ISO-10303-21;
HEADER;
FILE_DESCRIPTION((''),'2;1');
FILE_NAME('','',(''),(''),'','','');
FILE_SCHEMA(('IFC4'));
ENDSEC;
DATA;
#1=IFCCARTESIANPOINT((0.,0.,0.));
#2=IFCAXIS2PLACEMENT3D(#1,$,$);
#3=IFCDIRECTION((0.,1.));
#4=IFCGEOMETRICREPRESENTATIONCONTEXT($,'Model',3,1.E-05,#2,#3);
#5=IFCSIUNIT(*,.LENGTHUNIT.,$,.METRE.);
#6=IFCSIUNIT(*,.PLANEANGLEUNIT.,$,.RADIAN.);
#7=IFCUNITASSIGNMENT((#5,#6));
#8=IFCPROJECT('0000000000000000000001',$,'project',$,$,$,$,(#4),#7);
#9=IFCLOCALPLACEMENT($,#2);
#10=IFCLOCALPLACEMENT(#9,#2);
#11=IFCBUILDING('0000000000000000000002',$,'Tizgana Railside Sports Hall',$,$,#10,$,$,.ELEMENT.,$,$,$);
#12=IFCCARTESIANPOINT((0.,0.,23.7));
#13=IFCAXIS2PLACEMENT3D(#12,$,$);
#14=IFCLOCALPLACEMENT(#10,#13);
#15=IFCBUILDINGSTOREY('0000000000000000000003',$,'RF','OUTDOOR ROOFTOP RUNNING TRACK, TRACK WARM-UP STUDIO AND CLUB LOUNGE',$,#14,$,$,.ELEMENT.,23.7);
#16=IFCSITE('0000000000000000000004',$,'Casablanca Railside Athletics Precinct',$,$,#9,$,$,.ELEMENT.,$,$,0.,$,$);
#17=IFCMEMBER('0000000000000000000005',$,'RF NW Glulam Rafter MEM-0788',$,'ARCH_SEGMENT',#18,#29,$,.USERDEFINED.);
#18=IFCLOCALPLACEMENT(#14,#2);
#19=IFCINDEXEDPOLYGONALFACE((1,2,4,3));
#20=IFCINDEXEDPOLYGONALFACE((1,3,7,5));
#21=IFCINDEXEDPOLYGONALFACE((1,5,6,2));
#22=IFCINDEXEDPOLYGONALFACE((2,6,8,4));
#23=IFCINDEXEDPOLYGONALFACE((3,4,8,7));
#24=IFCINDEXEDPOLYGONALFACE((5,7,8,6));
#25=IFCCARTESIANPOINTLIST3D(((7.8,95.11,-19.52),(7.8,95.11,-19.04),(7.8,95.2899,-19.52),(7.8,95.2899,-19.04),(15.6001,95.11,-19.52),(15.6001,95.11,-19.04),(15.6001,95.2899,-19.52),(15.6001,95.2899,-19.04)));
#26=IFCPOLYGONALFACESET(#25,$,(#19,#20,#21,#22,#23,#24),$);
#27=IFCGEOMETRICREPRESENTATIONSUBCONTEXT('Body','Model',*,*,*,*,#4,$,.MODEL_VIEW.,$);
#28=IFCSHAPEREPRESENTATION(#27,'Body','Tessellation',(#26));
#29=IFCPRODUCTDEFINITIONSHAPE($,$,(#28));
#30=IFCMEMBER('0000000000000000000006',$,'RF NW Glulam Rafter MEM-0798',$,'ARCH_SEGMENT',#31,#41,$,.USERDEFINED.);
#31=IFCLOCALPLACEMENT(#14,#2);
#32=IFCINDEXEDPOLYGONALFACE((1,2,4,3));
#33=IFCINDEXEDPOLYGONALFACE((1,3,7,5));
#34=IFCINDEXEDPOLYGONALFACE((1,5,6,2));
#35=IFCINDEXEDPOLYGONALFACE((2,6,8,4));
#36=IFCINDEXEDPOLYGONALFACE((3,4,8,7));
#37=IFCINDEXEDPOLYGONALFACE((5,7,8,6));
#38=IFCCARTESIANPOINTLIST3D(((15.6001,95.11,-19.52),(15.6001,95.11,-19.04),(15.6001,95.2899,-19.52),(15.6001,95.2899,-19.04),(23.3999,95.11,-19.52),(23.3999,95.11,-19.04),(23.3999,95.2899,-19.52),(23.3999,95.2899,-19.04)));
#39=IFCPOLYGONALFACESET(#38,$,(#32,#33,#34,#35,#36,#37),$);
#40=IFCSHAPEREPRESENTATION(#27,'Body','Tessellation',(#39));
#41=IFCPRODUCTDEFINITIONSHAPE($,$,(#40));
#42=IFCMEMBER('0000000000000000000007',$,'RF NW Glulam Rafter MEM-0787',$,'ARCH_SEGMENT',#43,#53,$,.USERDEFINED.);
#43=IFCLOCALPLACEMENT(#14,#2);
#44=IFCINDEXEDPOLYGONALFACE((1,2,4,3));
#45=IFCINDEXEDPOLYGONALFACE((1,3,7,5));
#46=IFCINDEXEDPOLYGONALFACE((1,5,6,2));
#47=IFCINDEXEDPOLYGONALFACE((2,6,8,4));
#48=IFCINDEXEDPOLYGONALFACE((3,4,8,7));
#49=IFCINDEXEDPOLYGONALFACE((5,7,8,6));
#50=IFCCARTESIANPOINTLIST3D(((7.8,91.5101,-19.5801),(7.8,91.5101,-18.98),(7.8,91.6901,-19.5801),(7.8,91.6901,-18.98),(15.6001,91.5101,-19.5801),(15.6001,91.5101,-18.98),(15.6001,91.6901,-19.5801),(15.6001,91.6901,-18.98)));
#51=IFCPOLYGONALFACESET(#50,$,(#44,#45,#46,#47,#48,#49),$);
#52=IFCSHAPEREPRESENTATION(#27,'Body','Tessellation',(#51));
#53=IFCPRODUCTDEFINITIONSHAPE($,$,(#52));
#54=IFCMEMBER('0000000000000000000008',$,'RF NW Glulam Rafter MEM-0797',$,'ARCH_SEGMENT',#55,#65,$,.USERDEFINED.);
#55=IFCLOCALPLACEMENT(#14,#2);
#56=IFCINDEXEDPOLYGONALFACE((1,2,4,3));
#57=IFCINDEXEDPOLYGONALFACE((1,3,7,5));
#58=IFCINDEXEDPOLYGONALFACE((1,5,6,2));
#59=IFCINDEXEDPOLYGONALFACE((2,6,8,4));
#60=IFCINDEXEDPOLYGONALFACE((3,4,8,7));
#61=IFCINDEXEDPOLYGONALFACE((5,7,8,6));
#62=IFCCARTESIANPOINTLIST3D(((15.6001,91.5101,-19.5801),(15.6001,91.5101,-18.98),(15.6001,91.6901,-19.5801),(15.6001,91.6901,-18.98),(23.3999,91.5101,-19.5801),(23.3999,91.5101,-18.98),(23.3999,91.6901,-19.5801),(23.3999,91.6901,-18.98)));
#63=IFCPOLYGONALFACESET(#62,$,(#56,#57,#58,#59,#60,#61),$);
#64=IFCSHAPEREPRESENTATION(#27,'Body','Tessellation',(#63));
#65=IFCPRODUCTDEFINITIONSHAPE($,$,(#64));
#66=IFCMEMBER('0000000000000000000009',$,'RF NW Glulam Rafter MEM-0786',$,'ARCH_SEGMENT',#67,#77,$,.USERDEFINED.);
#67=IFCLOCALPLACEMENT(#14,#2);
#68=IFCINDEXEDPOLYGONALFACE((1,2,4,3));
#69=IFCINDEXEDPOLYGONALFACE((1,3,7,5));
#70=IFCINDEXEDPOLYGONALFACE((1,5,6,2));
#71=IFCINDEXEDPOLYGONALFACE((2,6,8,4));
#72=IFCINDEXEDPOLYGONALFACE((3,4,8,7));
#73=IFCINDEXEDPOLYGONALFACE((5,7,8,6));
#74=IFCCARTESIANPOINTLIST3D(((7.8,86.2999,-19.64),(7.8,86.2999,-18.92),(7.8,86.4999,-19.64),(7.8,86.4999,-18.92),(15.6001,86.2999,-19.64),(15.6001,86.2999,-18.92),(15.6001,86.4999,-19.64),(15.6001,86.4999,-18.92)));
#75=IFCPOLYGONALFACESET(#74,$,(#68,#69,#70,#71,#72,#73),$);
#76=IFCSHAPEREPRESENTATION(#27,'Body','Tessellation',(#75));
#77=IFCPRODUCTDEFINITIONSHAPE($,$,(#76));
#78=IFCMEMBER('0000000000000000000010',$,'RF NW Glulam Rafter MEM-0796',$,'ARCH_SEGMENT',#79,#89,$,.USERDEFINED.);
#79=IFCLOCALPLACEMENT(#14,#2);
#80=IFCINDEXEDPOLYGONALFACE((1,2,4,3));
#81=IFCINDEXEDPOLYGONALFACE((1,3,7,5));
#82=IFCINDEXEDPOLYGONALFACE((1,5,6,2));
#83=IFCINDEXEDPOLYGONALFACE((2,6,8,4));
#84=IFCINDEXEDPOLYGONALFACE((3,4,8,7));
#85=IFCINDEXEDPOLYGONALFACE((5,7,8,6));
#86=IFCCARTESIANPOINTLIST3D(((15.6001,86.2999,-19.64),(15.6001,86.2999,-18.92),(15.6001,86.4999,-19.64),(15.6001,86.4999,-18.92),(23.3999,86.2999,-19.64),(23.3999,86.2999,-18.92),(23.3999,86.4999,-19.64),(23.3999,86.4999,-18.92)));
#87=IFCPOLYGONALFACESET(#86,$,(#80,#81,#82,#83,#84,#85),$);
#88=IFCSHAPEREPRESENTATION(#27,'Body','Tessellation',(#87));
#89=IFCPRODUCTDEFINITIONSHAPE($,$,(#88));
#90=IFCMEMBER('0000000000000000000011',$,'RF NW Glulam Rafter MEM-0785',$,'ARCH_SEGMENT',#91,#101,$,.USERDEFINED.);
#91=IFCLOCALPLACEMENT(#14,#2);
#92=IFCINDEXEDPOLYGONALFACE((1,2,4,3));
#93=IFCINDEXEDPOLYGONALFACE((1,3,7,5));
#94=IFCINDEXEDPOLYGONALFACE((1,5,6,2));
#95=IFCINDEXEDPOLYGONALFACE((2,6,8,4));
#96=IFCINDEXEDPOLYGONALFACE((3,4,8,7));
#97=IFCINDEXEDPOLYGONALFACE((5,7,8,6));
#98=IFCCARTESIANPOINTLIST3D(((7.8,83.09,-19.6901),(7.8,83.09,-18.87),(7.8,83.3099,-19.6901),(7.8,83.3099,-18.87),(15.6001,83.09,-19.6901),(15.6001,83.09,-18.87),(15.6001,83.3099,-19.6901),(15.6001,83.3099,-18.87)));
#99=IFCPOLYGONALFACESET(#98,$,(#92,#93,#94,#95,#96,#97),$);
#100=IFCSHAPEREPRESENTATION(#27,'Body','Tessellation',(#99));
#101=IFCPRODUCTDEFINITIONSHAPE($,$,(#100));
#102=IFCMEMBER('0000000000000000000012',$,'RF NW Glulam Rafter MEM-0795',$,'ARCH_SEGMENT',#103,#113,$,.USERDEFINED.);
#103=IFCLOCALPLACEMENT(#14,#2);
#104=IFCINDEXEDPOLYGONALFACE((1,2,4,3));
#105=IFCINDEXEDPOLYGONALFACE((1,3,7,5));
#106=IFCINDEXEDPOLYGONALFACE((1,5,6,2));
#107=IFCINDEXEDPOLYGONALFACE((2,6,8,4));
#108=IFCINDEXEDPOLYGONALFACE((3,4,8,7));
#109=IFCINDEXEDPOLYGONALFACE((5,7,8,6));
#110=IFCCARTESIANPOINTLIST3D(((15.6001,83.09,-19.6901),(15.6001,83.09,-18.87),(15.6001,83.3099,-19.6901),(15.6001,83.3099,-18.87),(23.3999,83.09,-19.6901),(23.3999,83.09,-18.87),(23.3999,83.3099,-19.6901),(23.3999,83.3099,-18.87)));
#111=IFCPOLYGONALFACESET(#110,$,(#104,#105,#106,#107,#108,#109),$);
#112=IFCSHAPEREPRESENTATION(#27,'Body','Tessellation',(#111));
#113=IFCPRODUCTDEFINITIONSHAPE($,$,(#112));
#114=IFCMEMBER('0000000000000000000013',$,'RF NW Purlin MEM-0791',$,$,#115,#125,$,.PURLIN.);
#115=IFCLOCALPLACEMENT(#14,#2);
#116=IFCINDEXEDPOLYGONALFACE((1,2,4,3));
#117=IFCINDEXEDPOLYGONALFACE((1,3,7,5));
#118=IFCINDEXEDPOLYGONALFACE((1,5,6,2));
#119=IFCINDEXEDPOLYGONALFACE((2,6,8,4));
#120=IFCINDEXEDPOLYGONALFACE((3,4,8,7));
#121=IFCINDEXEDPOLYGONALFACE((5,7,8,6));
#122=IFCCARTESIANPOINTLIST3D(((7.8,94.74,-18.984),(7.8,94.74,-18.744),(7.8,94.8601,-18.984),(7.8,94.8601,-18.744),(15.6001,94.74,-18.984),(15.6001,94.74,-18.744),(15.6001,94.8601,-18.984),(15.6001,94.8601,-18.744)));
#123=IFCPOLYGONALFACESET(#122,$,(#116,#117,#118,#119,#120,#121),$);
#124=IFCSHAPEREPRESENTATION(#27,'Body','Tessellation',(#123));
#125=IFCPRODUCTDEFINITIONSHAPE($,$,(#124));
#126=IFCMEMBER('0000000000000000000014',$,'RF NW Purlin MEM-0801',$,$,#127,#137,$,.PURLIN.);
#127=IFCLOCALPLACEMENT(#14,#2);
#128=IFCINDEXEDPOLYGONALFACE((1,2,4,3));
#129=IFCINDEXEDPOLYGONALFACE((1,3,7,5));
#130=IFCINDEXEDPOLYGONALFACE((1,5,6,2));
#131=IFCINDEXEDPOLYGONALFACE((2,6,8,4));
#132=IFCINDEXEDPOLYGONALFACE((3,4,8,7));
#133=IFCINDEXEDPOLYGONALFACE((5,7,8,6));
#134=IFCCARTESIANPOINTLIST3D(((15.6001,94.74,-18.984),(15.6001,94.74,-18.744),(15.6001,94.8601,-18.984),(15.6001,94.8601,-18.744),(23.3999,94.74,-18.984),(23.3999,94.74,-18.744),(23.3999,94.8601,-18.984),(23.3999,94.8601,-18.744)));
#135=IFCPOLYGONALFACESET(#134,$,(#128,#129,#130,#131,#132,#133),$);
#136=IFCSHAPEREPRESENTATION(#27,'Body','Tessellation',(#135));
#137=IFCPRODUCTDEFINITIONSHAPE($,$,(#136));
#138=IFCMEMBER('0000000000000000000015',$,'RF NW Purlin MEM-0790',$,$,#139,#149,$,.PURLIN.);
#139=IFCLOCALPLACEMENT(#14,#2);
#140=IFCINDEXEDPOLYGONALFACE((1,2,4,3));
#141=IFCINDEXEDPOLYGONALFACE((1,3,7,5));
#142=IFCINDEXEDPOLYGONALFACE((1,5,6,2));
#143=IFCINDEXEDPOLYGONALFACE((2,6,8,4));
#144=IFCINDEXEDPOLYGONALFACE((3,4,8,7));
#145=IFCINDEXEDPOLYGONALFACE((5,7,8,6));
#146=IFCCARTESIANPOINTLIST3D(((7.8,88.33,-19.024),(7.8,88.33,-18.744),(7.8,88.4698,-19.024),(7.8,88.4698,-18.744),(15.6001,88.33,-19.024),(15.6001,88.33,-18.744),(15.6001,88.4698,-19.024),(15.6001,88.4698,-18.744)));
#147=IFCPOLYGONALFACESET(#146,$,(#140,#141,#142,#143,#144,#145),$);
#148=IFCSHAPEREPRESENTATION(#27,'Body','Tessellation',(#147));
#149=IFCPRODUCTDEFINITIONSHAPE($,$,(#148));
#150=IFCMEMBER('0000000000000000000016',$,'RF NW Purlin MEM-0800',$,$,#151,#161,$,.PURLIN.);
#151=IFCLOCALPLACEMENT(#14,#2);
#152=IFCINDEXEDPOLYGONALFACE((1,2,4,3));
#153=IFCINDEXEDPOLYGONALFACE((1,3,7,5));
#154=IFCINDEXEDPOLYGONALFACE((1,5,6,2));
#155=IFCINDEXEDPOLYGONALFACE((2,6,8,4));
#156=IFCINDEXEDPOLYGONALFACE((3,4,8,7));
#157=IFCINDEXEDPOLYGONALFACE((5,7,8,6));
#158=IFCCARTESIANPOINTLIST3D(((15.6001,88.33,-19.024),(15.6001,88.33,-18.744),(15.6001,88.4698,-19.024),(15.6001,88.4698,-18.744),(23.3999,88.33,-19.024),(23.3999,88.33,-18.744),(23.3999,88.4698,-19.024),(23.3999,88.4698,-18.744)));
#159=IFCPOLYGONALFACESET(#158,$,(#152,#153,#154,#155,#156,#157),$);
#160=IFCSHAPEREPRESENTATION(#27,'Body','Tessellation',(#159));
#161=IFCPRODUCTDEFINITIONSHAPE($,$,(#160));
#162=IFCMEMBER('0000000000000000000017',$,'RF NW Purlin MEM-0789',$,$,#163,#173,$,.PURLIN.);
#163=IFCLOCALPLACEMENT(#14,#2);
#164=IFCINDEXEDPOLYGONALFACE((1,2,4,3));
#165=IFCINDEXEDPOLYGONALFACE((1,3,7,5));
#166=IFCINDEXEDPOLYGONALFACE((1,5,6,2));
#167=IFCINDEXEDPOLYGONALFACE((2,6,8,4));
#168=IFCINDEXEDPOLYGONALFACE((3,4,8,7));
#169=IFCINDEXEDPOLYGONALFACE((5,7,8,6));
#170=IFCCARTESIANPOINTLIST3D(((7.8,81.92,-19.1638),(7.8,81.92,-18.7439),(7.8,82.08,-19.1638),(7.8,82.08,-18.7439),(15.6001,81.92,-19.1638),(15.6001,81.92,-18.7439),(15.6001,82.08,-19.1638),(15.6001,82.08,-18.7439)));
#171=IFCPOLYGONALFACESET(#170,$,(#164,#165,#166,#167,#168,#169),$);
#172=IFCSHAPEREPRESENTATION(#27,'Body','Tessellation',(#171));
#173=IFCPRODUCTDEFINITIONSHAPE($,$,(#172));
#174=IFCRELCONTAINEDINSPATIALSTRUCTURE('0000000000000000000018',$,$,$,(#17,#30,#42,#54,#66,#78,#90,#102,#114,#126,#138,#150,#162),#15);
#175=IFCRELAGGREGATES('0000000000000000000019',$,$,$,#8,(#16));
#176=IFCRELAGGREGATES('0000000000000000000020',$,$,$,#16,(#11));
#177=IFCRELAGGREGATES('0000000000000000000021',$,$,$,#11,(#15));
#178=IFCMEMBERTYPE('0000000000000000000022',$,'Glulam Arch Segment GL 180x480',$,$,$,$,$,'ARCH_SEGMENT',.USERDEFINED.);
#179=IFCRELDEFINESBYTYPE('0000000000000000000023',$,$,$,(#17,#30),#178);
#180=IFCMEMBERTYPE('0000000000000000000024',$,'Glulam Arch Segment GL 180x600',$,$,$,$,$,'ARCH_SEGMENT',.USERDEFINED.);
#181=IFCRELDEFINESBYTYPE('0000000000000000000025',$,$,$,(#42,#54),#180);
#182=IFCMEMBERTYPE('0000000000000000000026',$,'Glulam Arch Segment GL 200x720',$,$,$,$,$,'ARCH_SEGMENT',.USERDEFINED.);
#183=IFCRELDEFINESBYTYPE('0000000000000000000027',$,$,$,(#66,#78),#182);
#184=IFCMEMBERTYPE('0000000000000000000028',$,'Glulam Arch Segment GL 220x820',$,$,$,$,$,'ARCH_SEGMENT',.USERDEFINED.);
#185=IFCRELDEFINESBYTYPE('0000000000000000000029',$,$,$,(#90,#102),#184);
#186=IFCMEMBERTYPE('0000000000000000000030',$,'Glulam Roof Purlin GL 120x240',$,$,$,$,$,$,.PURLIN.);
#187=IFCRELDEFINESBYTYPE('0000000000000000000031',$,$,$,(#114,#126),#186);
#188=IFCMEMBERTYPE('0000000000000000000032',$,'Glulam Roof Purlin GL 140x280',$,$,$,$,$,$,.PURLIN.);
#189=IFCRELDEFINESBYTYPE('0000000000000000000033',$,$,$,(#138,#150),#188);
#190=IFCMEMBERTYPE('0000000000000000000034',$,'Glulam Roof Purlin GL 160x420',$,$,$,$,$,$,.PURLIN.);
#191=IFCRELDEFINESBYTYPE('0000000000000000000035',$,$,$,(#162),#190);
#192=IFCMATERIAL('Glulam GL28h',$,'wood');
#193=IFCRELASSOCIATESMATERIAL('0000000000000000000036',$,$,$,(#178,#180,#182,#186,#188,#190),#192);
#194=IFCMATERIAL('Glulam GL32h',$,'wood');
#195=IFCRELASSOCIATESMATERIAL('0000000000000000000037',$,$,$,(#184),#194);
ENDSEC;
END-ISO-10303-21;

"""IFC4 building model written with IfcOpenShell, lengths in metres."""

from ifc_helpers import new_model, si_unit, direction, frame, origin, origin_2d, place, context, subcontext, project, spatial, rectangle, extrude, material, material_profile, profile_set, type_object, element, save


model = new_model("IFC4")

# Units and contexts
model_context = context("Model", 3, precision=1e-05, world=origin(), true_north=direction((0.0, 1.0)))
body_context = subcontext(model_context, "Body", "Model", "MODEL_VIEW")
ifc_project = project(units=[si_unit("LENGTHUNIT", "METRE"), si_unit("PLANEANGLEUNIT", "RADIAN")], contexts=[model_context])

# Site, building, storey
site_placement = place(None, origin())
site = spatial("IfcSite", under=ifc_project, at=site_placement, Name="Casablanca Railside Athletics Precinct", CompositionType="ELEMENT", RefElevation=0.0)
building_placement = place(site_placement, origin())
building = spatial("IfcBuilding", under=site, at=building_placement, Name="Tizgana Railside Sports Hall", CompositionType="ELEMENT")
storey_placement = place(building_placement, frame((0.0, 0.0, 23.7)))
storey = spatial("IfcBuildingStorey", under=building, at=storey_placement, Name="RF", Description="OUTDOOR ROOFTOP RUNNING TRACK, TRACK WARM-UP STUDIO AND CLUB LOUNGE", CompositionType="ELEMENT", Elevation=23.7)

# Members
ifc_material_1 = material(Name="Glulam GL28h", Category="wood")
ifc_material_profile_1 = material_profile(ifc_material_1, rectangle(XDim=0.1799, YDim=0.48, at=origin_2d()), Name="GL 180x480")
ifc_profile_set_1 = profile_set([ifc_material_profile_1], Name="Glulam GL28h")
member_type_1 = type_object("IfcMemberType", Name="Glulam Arch Segment GL 180x480", ElementType="ARCH_SEGMENT", PredefinedType="USERDEFINED", material=ifc_profile_set_1)
member_1_placement = place(storey_placement, frame((7.8, 95.2, -19.28), z_axis=(1.0, 0.0, 0.0), x_axis=(0.0, 1.0, 0.0)))
element("IfcMember", 1, at=member_1_placement, inside=storey, type_object=member_type_1, Name="RF NW Glulam Rafter MEM-0788", ObjectType="ARCH_SEGMENT", PredefinedType="USERDEFINED", context=body_context, shape_type="SweptSolid", body=[
    extrude(rectangle(XDim=0.1799, YDim=0.48, at=origin_2d()), origin(), (0.0, 0.0, 1.0), 7.8),
])
member_2_placement = place(storey_placement, frame((15.6001, 95.2, -19.28), z_axis=(1.0, 0.0, 0.0), x_axis=(0.0, 1.0, 0.0)))
element("IfcMember", 2, at=member_2_placement, inside=storey, type_object=member_type_1, Name="RF NW Glulam Rafter MEM-0798", ObjectType="ARCH_SEGMENT", PredefinedType="USERDEFINED", context=body_context, shape_type="SweptSolid", body=[
    extrude(rectangle(XDim=0.1799, YDim=0.48, at=origin_2d()), origin(), (0.0, 0.0, 1.0), 7.7998),
])
ifc_material_profile_2 = material_profile(ifc_material_1, rectangle(XDim=0.1799, YDim=0.6001, at=origin_2d()), Name="GL 180x600")
ifc_profile_set_2 = profile_set([ifc_material_profile_2], Name="Glulam GL28h")
member_type_2 = type_object("IfcMemberType", Name="Glulam Arch Segment GL 180x600", ElementType="ARCH_SEGMENT", PredefinedType="USERDEFINED", material=ifc_profile_set_2)
member_3_placement = place(storey_placement, frame((7.8, 91.6001, -19.28), z_axis=(1.0, 0.0, 0.0), x_axis=(0.0, 1.0, 0.0)))
element("IfcMember", 3, at=member_3_placement, inside=storey, type_object=member_type_2, Name="RF NW Glulam Rafter MEM-0787", ObjectType="ARCH_SEGMENT", PredefinedType="USERDEFINED", context=body_context, shape_type="SweptSolid", body=[
    extrude(rectangle(XDim=0.1799, YDim=0.6001, at=origin_2d()), origin(), (0.0, 0.0, 1.0), 7.8),
])
member_4_placement = place(storey_placement, frame((15.6001, 91.6001, -19.28), z_axis=(1.0, 0.0, 0.0), x_axis=(0.0, 1.0, 0.0)))
element("IfcMember", 4, at=member_4_placement, inside=storey, type_object=member_type_2, Name="RF NW Glulam Rafter MEM-0797", ObjectType="ARCH_SEGMENT", PredefinedType="USERDEFINED", context=body_context, shape_type="SweptSolid", body=[
    extrude(rectangle(XDim=0.1799, YDim=0.6001, at=origin_2d()), origin(), (0.0, 0.0, 1.0), 7.7998),
])
ifc_material_profile_3 = material_profile(ifc_material_1, rectangle(XDim=0.2, YDim=0.72, at=origin_2d()), Name="GL 200x720")
ifc_profile_set_3 = profile_set([ifc_material_profile_3], Name="Glulam GL28h")
member_type_3 = type_object("IfcMemberType", Name="Glulam Arch Segment GL 200x720", ElementType="ARCH_SEGMENT", PredefinedType="USERDEFINED", material=ifc_profile_set_3)
member_5_placement = place(storey_placement, frame((7.8, 86.3999, -19.28), z_axis=(1.0, 0.0, 0.0), x_axis=(0.0, 1.0, 0.0)))
element("IfcMember", 5, at=member_5_placement, inside=storey, type_object=member_type_3, Name="RF NW Glulam Rafter MEM-0786", ObjectType="ARCH_SEGMENT", PredefinedType="USERDEFINED", context=body_context, shape_type="SweptSolid", body=[
    extrude(rectangle(XDim=0.2, YDim=0.72, at=origin_2d()), origin(), (0.0, 0.0, 1.0), 7.8),
])
member_6_placement = place(storey_placement, frame((15.6001, 86.3999, -19.28), z_axis=(1.0, 0.0, 0.0), x_axis=(0.0, 1.0, 0.0)))
element("IfcMember", 6, at=member_6_placement, inside=storey, type_object=member_type_3, Name="RF NW Glulam Rafter MEM-0796", ObjectType="ARCH_SEGMENT", PredefinedType="USERDEFINED", context=body_context, shape_type="SweptSolid", body=[
    extrude(rectangle(XDim=0.2, YDim=0.72, at=origin_2d()), origin(), (0.0, 0.0, 1.0), 7.7998),
])
ifc_material_2 = material(Name="Glulam GL32h", Category="wood")
ifc_material_profile_4 = material_profile(ifc_material_2, rectangle(XDim=0.22, YDim=0.8201, at=origin_2d()), Name="GL 220x820")
ifc_profile_set_4 = profile_set([ifc_material_profile_4], Name="Glulam GL32h")
member_type_4 = type_object("IfcMemberType", Name="Glulam Arch Segment GL 220x820", ElementType="ARCH_SEGMENT", PredefinedType="USERDEFINED", material=ifc_profile_set_4)
member_7_placement = place(storey_placement, frame((7.8, 83.2, -19.28), z_axis=(1.0, 0.0, 0.0), x_axis=(0.0, 1.0, 0.0)))
element("IfcMember", 7, at=member_7_placement, inside=storey, type_object=member_type_4, Name="RF NW Glulam Rafter MEM-0785", ObjectType="ARCH_SEGMENT", PredefinedType="USERDEFINED", context=body_context, shape_type="SweptSolid", body=[
    extrude(rectangle(XDim=0.22, YDim=0.8201, at=origin_2d()), origin(), (0.0, 0.0, 1.0), 7.8),
])
member_8_placement = place(storey_placement, frame((15.6001, 83.2, -19.28), z_axis=(1.0, 0.0, 0.0), x_axis=(0.0, 1.0, 0.0)))
element("IfcMember", 8, at=member_8_placement, inside=storey, type_object=member_type_4, Name="RF NW Glulam Rafter MEM-0795", ObjectType="ARCH_SEGMENT", PredefinedType="USERDEFINED", context=body_context, shape_type="SweptSolid", body=[
    extrude(rectangle(XDim=0.22, YDim=0.8201, at=origin_2d()), origin(), (0.0, 0.0, 1.0), 7.7998),
])
ifc_material_profile_5 = material_profile(ifc_material_1, rectangle(XDim=0.1201, YDim=0.24, at=origin_2d()), Name="GL 120x240")
ifc_profile_set_5 = profile_set([ifc_material_profile_5], Name="Glulam GL28h")
member_type_5 = type_object("IfcMemberType", Name="Glulam Roof Purlin GL 120x240", PredefinedType="PURLIN", material=ifc_profile_set_5)
member_9_placement = place(storey_placement, frame((7.8, 94.8, -18.864), z_axis=(1.0, 0.0, 0.0), x_axis=(0.0, 1.0, 0.0)))
element("IfcMember", 9, at=member_9_placement, inside=storey, type_object=member_type_5, Name="RF NW Purlin MEM-0791", PredefinedType="PURLIN", context=body_context, shape_type="SweptSolid", body=[
    extrude(rectangle(XDim=0.1201, YDim=0.24, at=origin_2d()), origin(), (0.0, 0.0, 1.0), 7.8),
])
member_10_placement = place(storey_placement, frame((15.6001, 94.8, -18.864), z_axis=(1.0, 0.0, 0.0), x_axis=(0.0, 1.0, 0.0)))
element("IfcMember", 10, at=member_10_placement, inside=storey, type_object=member_type_5, Name="RF NW Purlin MEM-0801", PredefinedType="PURLIN", context=body_context, shape_type="SweptSolid", body=[
    extrude(rectangle(XDim=0.1201, YDim=0.24, at=origin_2d()), origin(), (0.0, 0.0, 1.0), 7.7998),
])
ifc_material_profile_6 = material_profile(ifc_material_1, rectangle(XDim=0.1399, YDim=0.28, at=origin_2d()), Name="GL 140x280")
ifc_profile_set_6 = profile_set([ifc_material_profile_6], Name="Glulam GL28h")
member_type_6 = type_object("IfcMemberType", Name="Glulam Roof Purlin GL 140x280", PredefinedType="PURLIN", material=ifc_profile_set_6)
member_11_placement = place(storey_placement, frame((7.8, 88.3999, -18.884), z_axis=(1.0, 0.0, 0.0), x_axis=(0.0, 1.0, 0.0)))
element("IfcMember", 11, at=member_11_placement, inside=storey, type_object=member_type_6, Name="RF NW Purlin MEM-0790", PredefinedType="PURLIN", context=body_context, shape_type="SweptSolid", body=[
    extrude(rectangle(XDim=0.1399, YDim=0.28, at=origin_2d()), origin(), (0.0, 0.0, 1.0), 7.8),
])
member_12_placement = place(storey_placement, frame((15.6001, 88.3999, -18.884), z_axis=(1.0, 0.0, 0.0), x_axis=(0.0, 1.0, 0.0)))
element("IfcMember", 12, at=member_12_placement, inside=storey, type_object=member_type_6, Name="RF NW Purlin MEM-0800", PredefinedType="PURLIN", context=body_context, shape_type="SweptSolid", body=[
    extrude(rectangle(XDim=0.1399, YDim=0.28, at=origin_2d()), origin(), (0.0, 0.0, 1.0), 7.7998),
])
ifc_material_profile_7 = material_profile(ifc_material_1, rectangle(XDim=0.1599, YDim=0.4199, at=origin_2d()), Name="GL 160x420")
ifc_profile_set_7 = profile_set([ifc_material_profile_7], Name="Glulam GL28h")
member_type_7 = type_object("IfcMemberType", Name="Glulam Roof Purlin GL 160x420", PredefinedType="PURLIN", material=ifc_profile_set_7)
member_13_placement = place(storey_placement, frame((7.8, 82.0, -18.9539), z_axis=(1.0, 0.0, 0.0), x_axis=(0.0, 1.0, 0.0)))
element("IfcMember", 13, at=member_13_placement, inside=storey, type_object=member_type_7, Name="RF NW Purlin MEM-0789", PredefinedType="PURLIN", context=body_context, shape_type="SweptSolid", body=[
    extrude(rectangle(XDim=0.1599, YDim=0.4199, at=origin_2d()), origin(), (0.0, 0.0, 1.0), 7.8),
])

save(model, "model.ifc")
